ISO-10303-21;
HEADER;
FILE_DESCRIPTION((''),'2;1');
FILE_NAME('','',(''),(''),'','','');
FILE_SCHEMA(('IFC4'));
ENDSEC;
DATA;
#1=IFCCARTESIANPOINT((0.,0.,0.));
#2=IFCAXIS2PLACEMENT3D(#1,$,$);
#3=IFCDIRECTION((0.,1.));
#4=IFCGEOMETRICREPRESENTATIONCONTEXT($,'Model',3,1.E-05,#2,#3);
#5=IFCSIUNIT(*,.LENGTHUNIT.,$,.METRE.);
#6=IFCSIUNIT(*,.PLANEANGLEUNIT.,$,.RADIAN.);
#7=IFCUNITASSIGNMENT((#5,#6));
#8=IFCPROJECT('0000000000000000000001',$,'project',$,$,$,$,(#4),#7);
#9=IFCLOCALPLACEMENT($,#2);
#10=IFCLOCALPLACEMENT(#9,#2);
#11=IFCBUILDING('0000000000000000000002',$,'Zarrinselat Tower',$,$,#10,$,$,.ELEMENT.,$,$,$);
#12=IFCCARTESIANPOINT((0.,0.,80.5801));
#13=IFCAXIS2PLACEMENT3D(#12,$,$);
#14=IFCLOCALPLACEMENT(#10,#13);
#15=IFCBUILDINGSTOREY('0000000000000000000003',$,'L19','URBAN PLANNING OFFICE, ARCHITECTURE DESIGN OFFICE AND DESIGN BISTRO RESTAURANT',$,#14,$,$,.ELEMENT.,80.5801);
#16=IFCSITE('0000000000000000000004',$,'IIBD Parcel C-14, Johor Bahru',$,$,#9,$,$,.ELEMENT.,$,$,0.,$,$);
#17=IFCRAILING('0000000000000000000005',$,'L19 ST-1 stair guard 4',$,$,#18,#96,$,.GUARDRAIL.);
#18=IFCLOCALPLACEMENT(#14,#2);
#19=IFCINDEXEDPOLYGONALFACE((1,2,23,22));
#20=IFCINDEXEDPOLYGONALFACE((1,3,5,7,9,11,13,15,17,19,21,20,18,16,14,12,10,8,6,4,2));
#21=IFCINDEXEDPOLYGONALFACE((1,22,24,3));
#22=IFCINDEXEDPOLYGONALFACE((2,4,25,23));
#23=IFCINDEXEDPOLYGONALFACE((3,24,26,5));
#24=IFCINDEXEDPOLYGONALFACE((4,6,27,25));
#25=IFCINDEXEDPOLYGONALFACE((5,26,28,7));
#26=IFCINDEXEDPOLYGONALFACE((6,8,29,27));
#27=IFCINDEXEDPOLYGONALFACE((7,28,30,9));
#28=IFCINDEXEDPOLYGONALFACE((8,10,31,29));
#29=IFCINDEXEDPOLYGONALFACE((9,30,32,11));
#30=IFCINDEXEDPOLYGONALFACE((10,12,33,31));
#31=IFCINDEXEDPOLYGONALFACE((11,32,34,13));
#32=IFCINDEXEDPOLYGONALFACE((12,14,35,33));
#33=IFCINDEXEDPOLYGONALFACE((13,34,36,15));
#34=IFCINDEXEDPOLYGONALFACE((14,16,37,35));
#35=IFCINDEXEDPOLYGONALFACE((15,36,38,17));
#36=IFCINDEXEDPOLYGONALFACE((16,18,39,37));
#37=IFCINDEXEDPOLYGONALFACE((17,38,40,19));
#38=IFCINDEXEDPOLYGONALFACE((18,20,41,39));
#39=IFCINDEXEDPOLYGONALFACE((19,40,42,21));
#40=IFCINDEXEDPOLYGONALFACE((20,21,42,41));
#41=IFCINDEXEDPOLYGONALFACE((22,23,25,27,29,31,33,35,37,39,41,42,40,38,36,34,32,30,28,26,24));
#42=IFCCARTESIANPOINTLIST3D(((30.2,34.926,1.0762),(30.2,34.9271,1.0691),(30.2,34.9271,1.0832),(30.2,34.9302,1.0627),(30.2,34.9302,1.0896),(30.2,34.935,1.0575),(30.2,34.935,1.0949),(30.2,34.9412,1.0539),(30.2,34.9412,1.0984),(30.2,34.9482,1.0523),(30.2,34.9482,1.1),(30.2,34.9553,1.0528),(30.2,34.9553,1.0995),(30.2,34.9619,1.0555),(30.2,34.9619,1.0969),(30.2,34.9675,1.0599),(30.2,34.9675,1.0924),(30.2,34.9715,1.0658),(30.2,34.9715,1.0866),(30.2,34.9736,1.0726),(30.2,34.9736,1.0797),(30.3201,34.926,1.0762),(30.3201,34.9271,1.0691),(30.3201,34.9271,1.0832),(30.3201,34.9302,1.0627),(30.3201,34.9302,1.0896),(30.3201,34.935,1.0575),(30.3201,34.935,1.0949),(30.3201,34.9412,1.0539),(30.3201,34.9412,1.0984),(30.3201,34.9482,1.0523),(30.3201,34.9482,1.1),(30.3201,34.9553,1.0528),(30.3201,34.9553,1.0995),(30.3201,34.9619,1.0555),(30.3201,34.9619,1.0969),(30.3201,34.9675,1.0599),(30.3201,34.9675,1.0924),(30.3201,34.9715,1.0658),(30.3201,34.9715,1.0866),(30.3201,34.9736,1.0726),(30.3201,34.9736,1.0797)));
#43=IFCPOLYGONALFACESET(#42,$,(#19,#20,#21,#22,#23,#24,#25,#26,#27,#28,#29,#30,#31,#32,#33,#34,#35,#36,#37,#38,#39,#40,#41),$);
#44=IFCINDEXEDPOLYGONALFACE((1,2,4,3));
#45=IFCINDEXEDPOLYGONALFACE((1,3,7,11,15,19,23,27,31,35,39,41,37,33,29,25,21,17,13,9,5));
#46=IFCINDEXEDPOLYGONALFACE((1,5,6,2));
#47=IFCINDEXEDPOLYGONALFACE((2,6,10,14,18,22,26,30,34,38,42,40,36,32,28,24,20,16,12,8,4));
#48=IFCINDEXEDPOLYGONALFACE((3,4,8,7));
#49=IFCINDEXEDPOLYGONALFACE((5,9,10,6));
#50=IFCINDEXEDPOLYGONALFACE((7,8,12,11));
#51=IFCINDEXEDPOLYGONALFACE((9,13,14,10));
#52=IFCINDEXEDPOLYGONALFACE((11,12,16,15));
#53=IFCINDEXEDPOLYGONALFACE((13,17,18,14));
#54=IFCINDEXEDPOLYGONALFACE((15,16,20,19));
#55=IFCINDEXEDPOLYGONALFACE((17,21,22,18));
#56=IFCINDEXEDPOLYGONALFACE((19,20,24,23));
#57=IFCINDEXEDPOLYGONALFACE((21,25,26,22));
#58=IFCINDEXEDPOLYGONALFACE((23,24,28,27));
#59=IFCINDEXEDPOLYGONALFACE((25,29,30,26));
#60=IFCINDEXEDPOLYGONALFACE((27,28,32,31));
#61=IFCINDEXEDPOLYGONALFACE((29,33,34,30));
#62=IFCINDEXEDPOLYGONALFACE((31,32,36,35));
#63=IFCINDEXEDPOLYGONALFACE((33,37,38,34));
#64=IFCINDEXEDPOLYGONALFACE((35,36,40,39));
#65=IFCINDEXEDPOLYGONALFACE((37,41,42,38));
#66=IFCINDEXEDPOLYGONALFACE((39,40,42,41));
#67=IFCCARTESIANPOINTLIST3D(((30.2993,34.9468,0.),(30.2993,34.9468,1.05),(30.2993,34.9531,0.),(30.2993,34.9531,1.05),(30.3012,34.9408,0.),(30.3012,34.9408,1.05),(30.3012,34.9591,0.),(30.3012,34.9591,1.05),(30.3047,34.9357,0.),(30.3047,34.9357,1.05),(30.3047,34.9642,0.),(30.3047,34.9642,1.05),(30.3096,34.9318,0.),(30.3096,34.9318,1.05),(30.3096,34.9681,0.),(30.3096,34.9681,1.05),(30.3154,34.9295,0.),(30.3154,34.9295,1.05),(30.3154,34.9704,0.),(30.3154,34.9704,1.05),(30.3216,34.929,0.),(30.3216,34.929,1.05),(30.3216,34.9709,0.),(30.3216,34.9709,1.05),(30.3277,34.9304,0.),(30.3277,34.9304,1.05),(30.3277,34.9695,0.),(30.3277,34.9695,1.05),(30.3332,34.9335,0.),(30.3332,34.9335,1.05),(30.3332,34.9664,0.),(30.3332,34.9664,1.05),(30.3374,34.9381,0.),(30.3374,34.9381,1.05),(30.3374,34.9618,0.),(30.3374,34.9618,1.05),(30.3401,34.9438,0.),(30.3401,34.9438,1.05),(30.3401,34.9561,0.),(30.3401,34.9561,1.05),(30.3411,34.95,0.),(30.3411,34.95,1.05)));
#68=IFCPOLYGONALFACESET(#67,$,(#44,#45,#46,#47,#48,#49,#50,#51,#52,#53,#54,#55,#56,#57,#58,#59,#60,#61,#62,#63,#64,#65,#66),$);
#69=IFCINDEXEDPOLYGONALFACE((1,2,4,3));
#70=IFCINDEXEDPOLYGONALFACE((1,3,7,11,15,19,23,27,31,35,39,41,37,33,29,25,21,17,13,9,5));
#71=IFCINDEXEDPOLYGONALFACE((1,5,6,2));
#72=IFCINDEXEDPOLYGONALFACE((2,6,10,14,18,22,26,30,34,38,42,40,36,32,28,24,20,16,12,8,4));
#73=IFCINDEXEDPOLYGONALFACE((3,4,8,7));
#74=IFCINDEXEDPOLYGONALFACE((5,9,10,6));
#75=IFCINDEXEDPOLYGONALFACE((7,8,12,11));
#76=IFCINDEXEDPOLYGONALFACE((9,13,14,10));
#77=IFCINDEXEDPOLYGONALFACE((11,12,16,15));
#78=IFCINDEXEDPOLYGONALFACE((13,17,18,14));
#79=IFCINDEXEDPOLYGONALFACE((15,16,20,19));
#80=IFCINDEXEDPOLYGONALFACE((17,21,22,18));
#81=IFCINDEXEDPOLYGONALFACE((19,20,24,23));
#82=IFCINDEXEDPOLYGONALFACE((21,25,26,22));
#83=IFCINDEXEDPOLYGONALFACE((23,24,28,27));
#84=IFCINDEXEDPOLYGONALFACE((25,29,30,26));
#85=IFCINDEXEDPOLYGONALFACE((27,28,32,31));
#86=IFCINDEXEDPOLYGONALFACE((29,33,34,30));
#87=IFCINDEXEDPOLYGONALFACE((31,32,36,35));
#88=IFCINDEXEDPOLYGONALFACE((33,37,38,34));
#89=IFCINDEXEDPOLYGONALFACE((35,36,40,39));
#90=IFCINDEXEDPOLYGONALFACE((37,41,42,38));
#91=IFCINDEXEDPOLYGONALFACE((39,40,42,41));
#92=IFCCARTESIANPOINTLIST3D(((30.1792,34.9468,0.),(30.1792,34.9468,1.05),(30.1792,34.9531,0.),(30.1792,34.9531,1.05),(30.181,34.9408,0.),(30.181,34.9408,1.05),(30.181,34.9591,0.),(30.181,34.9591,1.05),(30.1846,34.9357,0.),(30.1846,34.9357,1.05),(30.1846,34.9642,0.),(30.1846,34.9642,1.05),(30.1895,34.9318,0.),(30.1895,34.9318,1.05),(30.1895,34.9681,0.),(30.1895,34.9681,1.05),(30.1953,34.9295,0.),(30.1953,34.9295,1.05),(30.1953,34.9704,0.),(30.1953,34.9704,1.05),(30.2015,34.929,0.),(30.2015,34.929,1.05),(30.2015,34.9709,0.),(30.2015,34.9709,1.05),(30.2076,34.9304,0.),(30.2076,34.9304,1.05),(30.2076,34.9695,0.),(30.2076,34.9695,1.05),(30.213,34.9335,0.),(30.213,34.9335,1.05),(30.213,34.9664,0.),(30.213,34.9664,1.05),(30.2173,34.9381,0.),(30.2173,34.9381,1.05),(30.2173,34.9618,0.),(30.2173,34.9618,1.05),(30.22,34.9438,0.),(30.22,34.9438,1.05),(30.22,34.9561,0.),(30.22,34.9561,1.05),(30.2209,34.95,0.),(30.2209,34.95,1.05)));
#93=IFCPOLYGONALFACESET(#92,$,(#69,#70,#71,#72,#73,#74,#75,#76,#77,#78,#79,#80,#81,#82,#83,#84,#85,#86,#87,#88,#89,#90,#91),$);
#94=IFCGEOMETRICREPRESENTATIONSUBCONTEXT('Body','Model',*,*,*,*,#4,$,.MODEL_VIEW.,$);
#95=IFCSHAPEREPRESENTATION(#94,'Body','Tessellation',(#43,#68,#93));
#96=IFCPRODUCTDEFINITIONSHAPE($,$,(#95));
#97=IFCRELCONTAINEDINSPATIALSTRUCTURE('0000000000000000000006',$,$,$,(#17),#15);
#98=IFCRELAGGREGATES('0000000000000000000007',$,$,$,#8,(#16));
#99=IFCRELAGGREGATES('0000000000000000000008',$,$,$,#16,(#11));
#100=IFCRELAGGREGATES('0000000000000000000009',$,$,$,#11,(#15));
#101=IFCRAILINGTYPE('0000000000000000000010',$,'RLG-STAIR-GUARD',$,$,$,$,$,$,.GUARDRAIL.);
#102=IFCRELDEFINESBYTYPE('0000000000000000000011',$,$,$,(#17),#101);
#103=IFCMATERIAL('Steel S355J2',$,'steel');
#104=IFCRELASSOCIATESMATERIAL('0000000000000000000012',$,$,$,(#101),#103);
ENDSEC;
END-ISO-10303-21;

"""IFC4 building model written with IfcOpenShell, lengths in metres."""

from ifc_helpers import new_model, si_unit, direction, frame, origin, origin_2d, place, context, subcontext, project, spatial, circle, extrude, material, type_object, element, save


model = new_model("IFC4")

# Units and contexts
model_context = context("Model", 3, precision=1e-05, world=origin(), true_north=direction((0.0, 1.0)))
body_context = subcontext(model_context, "Body", "Model", "MODEL_VIEW")
ifc_project = project(units=[si_unit("LENGTHUNIT", "METRE"), si_unit("PLANEANGLEUNIT", "RADIAN")], contexts=[model_context])

# Site, building, storey
site_placement = place(None, origin())
site = spatial("IfcSite", under=ifc_project, at=site_placement, Name="IIBD Parcel C-14, Johor Bahru", CompositionType="ELEMENT", RefElevation=0.0)
building_placement = place(site_placement, origin())
building = spatial("IfcBuilding", under=site, at=building_placement, Name="Zarrinselat Tower", CompositionType="ELEMENT")
storey_placement = place(building_placement, frame((0.0, 0.0, 80.5801)))
storey = spatial("IfcBuildingStorey", under=building, at=storey_placement, Name="L19", Description="URBAN PLANNING OFFICE, ARCHITECTURE DESIGN OFFICE AND DESIGN BISTRO RESTAURANT", CompositionType="ELEMENT", Elevation=80.5801)

# Railing
ifc_material_1 = material(Name="Steel S355J2", Category="steel")
railing_type_1 = type_object("IfcRailingType", Name="RLG-STAIR-GUARD", PredefinedType="GUARDRAIL", material=ifc_material_1)
railing_1_placement = place(storey_placement, frame((30.3201, 34.95, 0.0)))
element("IfcRailing", 1, at=railing_1_placement, inside=storey, type_object=railing_type_1, Name="L19 ST-1 stair guard 4", PredefinedType="GUARDRAIL", context=body_context, shape_type="SweptSolid", body=[
    extrude(circle(Radius=0.0239, at=origin_2d()), frame((0.0, 0.0, 1.0762), z_axis=(-1.0, 0.0, 0.0), x_axis=(0.0, -1.0, 0.0)), (0.0, 0.0, 1.0), 0.1201),
    extrude(circle(Radius=0.021, at=origin_2d()), origin(), (0.0, 0.0, 1.0), 1.05),
    extrude(circle(Radius=0.021, at=origin_2d()), frame((-0.1201, 0.0, 0.0)), (0.0, 0.0, 1.0), 1.05),
])

save(model, "model.ifc")
